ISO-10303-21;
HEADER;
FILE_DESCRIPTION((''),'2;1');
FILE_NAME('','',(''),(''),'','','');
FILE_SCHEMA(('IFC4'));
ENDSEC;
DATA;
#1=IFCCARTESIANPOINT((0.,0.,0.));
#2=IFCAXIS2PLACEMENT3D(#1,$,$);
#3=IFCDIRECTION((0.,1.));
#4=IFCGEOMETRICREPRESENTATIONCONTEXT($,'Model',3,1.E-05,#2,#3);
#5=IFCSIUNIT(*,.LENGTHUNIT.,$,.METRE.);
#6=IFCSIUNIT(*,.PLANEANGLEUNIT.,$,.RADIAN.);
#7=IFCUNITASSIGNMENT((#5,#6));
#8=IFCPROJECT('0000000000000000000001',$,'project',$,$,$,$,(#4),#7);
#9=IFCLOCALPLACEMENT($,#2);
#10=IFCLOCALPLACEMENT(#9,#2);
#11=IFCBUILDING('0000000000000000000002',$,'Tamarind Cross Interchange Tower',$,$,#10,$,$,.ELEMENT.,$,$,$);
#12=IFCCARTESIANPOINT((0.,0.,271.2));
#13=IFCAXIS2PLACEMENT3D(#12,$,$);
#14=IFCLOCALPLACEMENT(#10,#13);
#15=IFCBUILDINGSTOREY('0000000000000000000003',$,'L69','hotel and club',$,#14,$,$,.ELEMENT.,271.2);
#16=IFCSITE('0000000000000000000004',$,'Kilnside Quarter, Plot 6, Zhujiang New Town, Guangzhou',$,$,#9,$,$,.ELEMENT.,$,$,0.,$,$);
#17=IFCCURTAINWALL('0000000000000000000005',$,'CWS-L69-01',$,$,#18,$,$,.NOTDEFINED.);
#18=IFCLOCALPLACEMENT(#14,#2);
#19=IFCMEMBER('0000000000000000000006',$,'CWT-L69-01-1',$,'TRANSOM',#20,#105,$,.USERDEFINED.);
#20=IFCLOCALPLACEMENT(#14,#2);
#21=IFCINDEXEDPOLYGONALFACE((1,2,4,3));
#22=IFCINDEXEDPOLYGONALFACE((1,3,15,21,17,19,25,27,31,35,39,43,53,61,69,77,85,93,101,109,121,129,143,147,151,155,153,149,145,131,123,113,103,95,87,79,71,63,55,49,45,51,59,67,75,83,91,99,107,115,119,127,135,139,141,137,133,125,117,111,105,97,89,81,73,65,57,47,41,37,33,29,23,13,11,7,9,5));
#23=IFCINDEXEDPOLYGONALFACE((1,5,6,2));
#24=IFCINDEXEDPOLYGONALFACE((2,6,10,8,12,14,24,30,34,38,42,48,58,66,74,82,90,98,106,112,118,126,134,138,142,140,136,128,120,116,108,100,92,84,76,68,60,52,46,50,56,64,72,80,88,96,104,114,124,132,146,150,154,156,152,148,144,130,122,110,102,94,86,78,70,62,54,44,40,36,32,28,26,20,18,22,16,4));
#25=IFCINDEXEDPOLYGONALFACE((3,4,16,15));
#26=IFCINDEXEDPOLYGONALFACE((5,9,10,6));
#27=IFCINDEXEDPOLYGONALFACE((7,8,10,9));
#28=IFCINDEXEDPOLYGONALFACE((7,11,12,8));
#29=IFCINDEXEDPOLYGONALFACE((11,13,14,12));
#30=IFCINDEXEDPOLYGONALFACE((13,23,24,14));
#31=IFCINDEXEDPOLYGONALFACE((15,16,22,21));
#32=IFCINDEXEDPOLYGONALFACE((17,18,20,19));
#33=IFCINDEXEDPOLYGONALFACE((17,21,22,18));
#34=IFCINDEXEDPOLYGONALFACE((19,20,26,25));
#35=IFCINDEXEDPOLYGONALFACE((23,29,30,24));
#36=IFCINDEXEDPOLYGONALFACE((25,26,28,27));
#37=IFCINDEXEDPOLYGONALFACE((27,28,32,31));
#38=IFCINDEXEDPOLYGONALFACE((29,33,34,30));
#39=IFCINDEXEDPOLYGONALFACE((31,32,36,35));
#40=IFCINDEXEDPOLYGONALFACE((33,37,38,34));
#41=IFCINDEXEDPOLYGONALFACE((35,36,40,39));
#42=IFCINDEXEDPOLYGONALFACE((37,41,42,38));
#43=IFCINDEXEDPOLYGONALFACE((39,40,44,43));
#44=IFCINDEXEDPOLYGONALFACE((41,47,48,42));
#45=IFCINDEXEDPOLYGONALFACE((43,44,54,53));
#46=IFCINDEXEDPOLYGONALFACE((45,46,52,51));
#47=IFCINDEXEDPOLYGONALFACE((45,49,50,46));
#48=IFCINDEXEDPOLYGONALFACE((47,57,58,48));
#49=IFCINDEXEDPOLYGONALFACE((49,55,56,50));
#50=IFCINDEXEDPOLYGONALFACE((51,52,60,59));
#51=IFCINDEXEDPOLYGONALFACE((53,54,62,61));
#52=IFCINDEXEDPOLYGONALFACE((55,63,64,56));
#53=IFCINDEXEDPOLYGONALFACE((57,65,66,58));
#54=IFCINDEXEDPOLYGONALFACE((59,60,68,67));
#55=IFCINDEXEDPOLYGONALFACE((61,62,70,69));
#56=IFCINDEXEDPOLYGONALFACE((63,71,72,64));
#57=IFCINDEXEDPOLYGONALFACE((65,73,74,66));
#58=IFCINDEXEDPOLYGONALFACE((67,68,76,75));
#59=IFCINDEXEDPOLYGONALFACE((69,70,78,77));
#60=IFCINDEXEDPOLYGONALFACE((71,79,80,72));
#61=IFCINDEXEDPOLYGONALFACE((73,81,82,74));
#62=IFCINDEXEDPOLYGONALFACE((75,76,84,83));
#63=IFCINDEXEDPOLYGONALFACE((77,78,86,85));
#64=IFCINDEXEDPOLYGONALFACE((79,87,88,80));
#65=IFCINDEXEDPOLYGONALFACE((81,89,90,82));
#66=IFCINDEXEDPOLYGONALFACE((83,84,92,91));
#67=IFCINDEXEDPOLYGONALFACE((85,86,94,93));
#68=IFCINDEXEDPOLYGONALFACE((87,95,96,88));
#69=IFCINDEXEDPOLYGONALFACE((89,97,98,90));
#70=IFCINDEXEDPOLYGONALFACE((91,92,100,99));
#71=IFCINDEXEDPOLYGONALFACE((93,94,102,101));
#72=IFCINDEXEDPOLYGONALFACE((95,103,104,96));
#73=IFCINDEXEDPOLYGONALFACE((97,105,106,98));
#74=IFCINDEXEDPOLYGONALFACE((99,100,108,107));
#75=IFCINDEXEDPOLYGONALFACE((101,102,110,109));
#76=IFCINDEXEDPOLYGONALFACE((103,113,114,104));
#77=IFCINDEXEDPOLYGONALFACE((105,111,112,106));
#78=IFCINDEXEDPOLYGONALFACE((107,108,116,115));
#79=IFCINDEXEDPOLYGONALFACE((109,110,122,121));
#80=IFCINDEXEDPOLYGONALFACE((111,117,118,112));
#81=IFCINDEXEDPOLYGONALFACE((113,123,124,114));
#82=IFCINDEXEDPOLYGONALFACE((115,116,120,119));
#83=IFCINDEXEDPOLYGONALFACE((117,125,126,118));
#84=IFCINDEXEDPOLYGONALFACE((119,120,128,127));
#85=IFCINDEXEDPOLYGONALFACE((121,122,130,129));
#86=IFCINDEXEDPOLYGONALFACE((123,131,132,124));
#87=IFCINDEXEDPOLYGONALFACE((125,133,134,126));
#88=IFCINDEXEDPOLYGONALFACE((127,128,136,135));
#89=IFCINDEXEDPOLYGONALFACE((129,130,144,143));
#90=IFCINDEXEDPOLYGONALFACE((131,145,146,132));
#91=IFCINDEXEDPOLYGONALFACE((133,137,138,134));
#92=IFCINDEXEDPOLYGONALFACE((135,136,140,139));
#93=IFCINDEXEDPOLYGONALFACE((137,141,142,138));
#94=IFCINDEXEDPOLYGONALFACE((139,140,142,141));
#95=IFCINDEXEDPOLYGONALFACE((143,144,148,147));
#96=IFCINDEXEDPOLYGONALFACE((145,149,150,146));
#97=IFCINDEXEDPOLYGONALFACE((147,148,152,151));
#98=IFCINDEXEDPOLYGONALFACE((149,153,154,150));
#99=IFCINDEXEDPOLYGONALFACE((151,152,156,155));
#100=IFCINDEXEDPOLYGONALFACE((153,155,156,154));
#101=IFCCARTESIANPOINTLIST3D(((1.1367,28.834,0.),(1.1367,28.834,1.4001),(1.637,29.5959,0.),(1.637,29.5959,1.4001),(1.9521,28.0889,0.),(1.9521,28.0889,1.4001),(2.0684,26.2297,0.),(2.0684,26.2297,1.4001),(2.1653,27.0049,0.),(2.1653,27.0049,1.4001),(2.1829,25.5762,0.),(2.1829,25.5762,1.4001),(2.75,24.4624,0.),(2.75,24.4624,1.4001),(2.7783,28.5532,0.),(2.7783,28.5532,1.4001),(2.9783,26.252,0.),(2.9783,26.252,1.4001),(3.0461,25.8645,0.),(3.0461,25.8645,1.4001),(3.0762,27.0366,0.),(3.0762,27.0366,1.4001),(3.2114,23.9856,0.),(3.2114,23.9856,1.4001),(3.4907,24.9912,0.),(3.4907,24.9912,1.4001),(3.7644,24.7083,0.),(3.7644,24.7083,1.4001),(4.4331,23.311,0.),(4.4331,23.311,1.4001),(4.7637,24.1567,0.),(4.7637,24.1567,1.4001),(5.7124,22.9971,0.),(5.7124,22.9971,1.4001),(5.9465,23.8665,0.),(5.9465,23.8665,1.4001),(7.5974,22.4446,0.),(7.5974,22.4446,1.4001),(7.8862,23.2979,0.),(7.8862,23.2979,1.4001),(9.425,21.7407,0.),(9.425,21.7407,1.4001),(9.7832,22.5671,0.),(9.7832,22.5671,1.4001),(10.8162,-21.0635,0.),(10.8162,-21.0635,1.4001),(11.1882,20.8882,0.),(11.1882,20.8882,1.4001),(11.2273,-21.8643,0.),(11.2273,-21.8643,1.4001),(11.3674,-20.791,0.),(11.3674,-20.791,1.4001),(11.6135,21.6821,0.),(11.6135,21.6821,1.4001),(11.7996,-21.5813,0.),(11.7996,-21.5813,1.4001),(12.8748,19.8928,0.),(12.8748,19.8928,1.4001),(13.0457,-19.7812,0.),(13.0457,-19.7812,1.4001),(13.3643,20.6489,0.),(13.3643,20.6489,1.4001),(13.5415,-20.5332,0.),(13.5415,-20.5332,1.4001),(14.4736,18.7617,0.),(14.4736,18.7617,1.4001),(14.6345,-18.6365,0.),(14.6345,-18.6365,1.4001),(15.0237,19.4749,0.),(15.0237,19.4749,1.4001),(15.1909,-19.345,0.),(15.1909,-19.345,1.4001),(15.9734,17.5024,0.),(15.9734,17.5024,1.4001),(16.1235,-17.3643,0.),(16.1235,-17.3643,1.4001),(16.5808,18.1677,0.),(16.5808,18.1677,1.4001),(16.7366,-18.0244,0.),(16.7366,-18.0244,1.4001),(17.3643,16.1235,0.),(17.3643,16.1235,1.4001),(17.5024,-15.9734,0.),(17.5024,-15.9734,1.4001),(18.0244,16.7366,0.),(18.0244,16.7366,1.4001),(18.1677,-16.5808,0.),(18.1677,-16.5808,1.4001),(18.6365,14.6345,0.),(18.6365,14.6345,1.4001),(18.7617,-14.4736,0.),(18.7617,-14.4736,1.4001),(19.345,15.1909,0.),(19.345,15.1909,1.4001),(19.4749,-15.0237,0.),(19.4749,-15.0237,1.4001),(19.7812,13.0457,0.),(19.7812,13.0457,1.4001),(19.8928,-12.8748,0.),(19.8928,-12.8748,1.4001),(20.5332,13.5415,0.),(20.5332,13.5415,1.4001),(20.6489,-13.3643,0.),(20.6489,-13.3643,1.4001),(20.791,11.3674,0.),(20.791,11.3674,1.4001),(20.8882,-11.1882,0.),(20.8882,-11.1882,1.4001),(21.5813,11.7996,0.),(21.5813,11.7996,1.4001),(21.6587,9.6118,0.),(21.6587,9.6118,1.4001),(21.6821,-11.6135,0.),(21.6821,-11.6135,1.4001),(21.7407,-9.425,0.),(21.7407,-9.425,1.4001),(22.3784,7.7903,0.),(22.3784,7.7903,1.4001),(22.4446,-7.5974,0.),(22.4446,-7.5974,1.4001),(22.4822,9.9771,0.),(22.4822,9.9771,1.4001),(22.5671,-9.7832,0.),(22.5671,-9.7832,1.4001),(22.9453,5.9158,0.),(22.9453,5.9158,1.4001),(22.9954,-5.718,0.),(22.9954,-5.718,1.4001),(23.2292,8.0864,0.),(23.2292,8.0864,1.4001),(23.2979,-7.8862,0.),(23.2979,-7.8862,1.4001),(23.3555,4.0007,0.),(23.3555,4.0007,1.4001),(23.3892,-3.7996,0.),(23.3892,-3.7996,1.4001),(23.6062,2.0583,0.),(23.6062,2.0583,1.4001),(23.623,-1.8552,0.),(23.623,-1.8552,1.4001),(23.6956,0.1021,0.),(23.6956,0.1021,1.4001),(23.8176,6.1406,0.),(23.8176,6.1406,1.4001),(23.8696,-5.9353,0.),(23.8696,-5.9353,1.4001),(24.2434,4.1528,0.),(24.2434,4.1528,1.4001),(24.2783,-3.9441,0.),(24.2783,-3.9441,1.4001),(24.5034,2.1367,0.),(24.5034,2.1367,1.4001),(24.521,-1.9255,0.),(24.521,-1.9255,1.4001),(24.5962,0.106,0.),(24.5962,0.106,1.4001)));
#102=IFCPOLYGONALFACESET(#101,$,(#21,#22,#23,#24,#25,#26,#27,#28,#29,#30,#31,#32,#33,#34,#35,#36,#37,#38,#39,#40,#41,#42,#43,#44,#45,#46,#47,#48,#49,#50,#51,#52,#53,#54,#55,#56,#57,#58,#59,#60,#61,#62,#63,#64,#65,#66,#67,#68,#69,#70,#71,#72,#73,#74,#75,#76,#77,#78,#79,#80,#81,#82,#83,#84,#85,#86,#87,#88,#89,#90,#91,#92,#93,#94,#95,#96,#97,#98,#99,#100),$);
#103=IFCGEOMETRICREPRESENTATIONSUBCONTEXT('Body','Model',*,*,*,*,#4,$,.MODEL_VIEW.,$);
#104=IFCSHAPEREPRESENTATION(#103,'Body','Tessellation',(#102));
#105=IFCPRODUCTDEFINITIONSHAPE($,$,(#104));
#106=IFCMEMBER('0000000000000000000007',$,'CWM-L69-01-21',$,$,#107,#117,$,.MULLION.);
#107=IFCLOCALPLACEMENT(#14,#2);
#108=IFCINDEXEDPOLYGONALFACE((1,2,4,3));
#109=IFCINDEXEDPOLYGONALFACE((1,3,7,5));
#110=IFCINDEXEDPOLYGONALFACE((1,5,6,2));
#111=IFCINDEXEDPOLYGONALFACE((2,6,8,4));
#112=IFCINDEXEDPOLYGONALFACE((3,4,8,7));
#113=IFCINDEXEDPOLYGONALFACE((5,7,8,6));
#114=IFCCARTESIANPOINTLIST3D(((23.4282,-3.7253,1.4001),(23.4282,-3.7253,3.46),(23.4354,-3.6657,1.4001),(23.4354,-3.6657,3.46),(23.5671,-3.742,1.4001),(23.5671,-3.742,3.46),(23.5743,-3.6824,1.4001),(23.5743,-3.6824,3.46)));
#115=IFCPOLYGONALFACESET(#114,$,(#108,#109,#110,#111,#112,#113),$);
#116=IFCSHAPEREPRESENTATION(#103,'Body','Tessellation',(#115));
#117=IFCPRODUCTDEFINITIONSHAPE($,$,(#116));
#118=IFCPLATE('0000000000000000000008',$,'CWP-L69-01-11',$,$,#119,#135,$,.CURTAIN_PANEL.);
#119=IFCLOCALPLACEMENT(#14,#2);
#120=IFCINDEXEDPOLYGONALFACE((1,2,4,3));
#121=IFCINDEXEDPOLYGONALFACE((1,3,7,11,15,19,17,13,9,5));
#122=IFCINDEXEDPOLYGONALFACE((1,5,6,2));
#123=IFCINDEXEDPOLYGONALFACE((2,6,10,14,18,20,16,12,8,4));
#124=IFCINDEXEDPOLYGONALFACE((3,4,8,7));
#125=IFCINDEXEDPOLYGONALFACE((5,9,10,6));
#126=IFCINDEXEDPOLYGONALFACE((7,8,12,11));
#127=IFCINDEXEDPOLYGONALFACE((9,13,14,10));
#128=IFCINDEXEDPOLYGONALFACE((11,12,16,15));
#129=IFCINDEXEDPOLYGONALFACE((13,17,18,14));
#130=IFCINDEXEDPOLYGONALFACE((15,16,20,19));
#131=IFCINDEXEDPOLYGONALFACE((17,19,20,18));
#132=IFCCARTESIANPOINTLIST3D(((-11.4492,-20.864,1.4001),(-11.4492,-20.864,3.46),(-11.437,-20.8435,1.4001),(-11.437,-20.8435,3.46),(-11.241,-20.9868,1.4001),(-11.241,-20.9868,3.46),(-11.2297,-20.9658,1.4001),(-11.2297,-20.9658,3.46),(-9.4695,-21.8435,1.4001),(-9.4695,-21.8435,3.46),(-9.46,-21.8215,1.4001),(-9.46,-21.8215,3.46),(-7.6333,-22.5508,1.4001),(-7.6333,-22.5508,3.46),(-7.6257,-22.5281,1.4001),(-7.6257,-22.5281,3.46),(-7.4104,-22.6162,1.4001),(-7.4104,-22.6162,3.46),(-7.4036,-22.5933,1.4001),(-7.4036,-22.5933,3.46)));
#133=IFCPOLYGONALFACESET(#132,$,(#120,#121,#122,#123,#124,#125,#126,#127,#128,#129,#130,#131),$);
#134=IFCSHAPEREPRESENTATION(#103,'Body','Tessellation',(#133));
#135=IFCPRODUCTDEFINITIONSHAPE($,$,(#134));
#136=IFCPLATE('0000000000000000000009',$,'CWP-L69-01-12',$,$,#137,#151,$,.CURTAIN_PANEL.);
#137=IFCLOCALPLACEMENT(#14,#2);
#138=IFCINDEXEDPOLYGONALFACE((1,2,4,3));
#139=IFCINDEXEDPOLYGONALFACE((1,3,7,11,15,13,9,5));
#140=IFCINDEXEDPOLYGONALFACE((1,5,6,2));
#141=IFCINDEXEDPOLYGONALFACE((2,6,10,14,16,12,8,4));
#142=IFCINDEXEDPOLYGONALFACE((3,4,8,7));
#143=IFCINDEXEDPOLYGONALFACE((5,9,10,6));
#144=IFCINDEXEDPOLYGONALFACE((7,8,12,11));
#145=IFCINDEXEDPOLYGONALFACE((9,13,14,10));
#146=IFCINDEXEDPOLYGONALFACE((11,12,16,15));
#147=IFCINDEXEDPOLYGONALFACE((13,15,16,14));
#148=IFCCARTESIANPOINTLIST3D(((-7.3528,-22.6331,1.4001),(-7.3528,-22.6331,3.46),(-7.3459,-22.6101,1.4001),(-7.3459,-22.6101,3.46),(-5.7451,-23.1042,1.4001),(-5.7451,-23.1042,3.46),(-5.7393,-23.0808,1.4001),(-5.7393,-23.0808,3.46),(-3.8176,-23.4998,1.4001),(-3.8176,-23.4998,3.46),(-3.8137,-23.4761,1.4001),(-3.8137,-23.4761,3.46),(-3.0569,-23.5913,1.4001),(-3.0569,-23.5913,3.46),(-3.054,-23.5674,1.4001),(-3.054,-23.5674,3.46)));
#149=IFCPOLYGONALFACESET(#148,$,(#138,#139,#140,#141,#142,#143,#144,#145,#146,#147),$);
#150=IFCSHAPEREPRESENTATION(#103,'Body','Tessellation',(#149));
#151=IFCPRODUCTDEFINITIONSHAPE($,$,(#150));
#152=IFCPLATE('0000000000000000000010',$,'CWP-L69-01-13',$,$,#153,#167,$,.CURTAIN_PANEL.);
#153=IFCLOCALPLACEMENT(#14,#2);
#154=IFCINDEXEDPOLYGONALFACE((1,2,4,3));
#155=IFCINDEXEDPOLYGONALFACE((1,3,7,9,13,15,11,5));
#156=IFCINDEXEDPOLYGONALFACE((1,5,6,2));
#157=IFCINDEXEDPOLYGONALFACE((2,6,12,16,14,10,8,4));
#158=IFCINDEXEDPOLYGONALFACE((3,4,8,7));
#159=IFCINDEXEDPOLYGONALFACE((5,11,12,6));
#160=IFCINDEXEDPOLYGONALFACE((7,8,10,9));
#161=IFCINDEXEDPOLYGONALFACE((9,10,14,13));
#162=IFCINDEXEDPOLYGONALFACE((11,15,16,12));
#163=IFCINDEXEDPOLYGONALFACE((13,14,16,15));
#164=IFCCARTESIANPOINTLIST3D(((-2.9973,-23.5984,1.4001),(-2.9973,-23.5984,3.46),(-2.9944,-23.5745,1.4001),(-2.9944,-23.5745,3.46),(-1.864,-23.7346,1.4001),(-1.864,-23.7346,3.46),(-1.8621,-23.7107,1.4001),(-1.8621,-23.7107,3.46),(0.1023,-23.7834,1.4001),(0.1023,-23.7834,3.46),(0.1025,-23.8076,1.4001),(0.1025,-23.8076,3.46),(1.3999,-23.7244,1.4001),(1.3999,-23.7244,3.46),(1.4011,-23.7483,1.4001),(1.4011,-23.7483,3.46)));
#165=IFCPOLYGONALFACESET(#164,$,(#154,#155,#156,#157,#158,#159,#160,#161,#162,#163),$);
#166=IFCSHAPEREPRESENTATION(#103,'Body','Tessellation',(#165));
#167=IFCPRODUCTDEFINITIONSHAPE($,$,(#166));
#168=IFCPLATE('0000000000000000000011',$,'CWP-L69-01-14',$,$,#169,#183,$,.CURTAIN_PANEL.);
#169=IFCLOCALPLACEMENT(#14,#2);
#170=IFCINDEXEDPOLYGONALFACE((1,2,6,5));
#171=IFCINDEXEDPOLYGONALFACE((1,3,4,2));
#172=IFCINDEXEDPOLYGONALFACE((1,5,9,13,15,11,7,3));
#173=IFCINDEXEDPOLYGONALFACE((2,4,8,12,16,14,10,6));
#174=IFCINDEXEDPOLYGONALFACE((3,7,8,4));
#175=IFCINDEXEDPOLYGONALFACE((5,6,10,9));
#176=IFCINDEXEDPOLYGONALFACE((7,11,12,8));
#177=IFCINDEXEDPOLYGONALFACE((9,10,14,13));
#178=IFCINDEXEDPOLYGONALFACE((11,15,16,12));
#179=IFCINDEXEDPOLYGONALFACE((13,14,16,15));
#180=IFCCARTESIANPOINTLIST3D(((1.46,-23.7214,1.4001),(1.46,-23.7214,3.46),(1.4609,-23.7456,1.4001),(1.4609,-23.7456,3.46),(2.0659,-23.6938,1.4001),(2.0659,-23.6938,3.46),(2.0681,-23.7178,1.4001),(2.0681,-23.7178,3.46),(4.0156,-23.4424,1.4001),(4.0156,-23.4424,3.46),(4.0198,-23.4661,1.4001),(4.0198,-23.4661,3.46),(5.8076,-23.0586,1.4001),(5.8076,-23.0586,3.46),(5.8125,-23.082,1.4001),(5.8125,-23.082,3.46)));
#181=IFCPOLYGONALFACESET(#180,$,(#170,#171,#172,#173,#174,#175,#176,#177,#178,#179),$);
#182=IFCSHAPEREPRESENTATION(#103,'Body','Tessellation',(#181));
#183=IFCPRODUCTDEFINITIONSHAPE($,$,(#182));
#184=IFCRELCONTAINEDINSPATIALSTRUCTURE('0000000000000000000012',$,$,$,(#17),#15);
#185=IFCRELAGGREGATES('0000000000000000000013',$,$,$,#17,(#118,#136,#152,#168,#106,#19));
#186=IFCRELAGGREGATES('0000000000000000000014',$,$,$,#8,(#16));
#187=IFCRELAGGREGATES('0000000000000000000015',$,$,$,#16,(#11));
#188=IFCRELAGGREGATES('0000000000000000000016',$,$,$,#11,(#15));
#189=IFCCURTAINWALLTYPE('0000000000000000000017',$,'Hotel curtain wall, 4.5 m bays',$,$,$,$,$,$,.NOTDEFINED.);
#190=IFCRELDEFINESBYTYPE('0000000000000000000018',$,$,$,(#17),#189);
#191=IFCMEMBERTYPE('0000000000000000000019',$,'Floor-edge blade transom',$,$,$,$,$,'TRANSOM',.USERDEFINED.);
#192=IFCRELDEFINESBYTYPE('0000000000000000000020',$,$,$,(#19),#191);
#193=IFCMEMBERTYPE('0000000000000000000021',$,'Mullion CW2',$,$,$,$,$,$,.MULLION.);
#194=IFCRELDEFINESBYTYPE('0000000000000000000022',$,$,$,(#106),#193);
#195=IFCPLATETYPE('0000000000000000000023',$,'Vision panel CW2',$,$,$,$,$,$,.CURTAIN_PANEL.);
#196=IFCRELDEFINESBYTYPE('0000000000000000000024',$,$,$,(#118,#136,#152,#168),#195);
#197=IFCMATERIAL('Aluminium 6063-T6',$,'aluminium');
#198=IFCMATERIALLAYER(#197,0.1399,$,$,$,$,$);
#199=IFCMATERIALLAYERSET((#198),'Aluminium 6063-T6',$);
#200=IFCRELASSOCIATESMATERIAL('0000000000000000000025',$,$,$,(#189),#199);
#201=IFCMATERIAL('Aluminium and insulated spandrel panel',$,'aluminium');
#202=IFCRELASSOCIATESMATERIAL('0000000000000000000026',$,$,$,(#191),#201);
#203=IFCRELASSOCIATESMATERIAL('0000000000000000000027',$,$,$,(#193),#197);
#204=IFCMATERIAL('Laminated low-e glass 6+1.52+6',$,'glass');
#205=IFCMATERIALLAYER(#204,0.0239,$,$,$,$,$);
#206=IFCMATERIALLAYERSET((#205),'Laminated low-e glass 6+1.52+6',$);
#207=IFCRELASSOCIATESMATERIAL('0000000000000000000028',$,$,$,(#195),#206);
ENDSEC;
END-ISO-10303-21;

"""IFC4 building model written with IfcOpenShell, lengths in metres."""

from ifc_helpers import new_model, si_unit, direction, frame, origin, origin_2d, place, context, subcontext, project, spatial, polyline, rectangle, outline, extrude, material, layer, layer_set, material_profile, profile_set, type_object, element, aggregate, save


model = new_model("IFC4")

# Units and contexts
model_context = context("Model", 3, precision=1e-05, world=origin(), true_north=direction((0.0, 1.0)))
body_context = subcontext(model_context, "Body", "Model", "MODEL_VIEW")
ifc_project = project(units=[si_unit("LENGTHUNIT", "METRE"), si_unit("PLANEANGLEUNIT", "RADIAN")], contexts=[model_context])

# Site, building, storey
site_placement = place(None, origin())
site = spatial("IfcSite", under=ifc_project, at=site_placement, Name="Kilnside Quarter, Plot 6, Zhujiang New Town, Guangzhou", CompositionType="ELEMENT", RefElevation=0.0)
building_placement = place(site_placement, origin())
building = spatial("IfcBuilding", under=site, at=building_placement, Name="Tamarind Cross Interchange Tower", CompositionType="ELEMENT")
storey_placement = place(building_placement, frame((0.0, 0.0, 271.2)))
storey = spatial("IfcBuildingStorey", under=building, at=storey_placement, Name="L69", Description="hotel and club", CompositionType="ELEMENT", Elevation=271.2)

# Curtain wall, members, plates
ifc_material_1 = material(Name="Aluminium 6063-T6", Category="aluminium")
ifc_layer_1 = layer(ifc_material_1, 0.1399)
ifc_layer_set_1 = layer_set([ifc_layer_1], Name="Aluminium 6063-T6")
curtain_wall_type = type_object("IfcCurtainWallType", Name="Hotel curtain wall, 4.5 m bays", PredefinedType="NOTDEFINED", material=ifc_layer_set_1)
curtain_wall_placement = place(storey_placement, origin())
curtain_wall = element("IfcCurtainWall", 1, at=curtain_wall_placement, inside=storey, type_object=curtain_wall_type, Name="CWS-L69-01", PredefinedType="NOTDEFINED")
ifc_material_2 = material(Name="Aluminium and insulated spandrel panel", Category="aluminium")
member_type_1 = type_object("IfcMemberType", Name="Floor-edge blade transom", ElementType="TRANSOM", PredefinedType="USERDEFINED", material=ifc_material_2)
member_1_placement = place(storey_placement, origin())
member_1 = element("IfcMember", 2, at=member_1_placement, type_object=member_type_1, Name="CWT-L69-01-1", ObjectType="TRANSOM", PredefinedType="USERDEFINED", context=body_context, shape_type="SweptSolid", body=[
    extrude(outline(polyline([(10.8162, -21.0635), (11.3674, -20.791), (13.0457, -19.7812), (14.6345, -18.6365), (16.1235, -17.3643), (17.5024, -15.9734), (18.7617, -14.4736), (19.8928, -12.8748), (20.8882, -11.1882), (21.7407, -9.425), (22.4446, -7.5974), (22.9954, -5.718), (23.3892, -3.7996), (23.623, -1.8552), (23.6956, 0.1021), (23.6062, 2.0583), (23.3555, 4.0007), (22.9453, 5.9158), (22.3784, 7.7903), (21.6587, 9.6118), (20.791, 11.3674), (19.7812, 13.0457), (18.6365, 14.6345), (17.3643, 16.1235), (15.9734, 17.5024), (14.4736, 18.7617), (12.8748, 19.8928), (11.1882, 20.8882), (9.425, 21.7407), (7.5974, 22.4446), (5.7124, 22.9971), (4.4331, 23.311), (3.2114, 23.9856), (2.75, 24.4624), (2.1829, 25.5762), (2.0684, 26.2297), (2.1653, 27.0049), (1.9521, 28.0889), (1.1367, 28.834), (1.637, 29.5959), (2.7783, 28.5532), (3.0762, 27.0366), (2.9783, 26.252), (3.0461, 25.8645), (3.4907, 24.9912), (3.7644, 24.7083), (4.7637, 24.1567), (5.9465, 23.8665), (7.8862, 23.2979), (9.7832, 22.5671), (11.6135, 21.6821), (13.3643, 20.6489), (15.0237, 19.4749), (16.5808, 18.1677), (18.0244, 16.7366), (19.345, 15.1909), (20.5332, 13.5415), (21.5813, 11.7996), (22.4822, 9.9771), (23.2292, 8.0864), (23.8176, 6.1406), (24.2434, 4.1528), (24.5034, 2.1367), (24.5962, 0.106), (24.521, -1.9255), (24.2783, -3.9441), (23.8696, -5.9353), (23.2979, -7.8862), (22.5671, -9.7832), (21.6821, -11.6135), (20.6489, -13.3643), (19.4749, -15.0237), (18.1677, -16.5808), (16.7366, -18.0244), (15.1909, -19.345), (13.5415, -20.5332), (11.7996, -21.5813), (11.2273, -21.8643), (10.8162, -21.0635)])), origin(), (0.0, 0.0, 1.0), 1.4001),
])
ifc_material_profile_1 = material_profile(ifc_material_1, rectangle(XDim=0.0601, YDim=0.1399, at=origin_2d()), Name="Mullion CW2")
ifc_profile_set_1 = profile_set([ifc_material_profile_1], Name="Aluminium 6063-T6")
member_type_2 = type_object("IfcMemberType", Name="Mullion CW2", PredefinedType="MULLION", material=ifc_profile_set_1)
member_2_placement = place(storey_placement, frame((23.5012, -3.7039, 1.4001), z_axis=(0.0, 0.0, 1.0), x_axis=(0.119421, 0.992844, 0.0)))
member_2 = element("IfcMember", 3, at=member_2_placement, type_object=member_type_2, Name="CWM-L69-01-21", PredefinedType="MULLION", context=body_context, shape_type="SweptSolid", body=[
    extrude(rectangle(XDim=0.0601, YDim=0.1399, at=origin_2d()), origin(), (0.0, 0.0, 1.0), 2.0598),
])
ifc_material_3 = material(Name="Laminated low-e glass 6+1.52+6", Category="glass")
ifc_layer_2 = layer(ifc_material_3, 0.0239)
ifc_layer_set_2 = layer_set([ifc_layer_2], Name="Laminated low-e glass 6+1.52+6")
plate_type = type_object("IfcPlateType", Name="Vision panel CW2", PredefinedType="CURTAIN_PANEL", material=ifc_layer_set_2)
plate_1_placement = place(storey_placement, frame((0.0, 0.0, 1.4001)))
plate_1 = element("IfcPlate", 4, at=plate_1_placement, type_object=plate_type, Name="CWP-L69-01-11", PredefinedType="CURTAIN_PANEL", context=body_context, shape_type="SweptSolid", body=[
    extrude(outline(polyline([(-11.437, -20.8435), (-11.2297, -20.9658), (-9.46, -21.8215), (-7.6257, -22.5281), (-7.4036, -22.5933), (-7.4104, -22.6162), (-7.6333, -22.5508), (-9.4695, -21.8435), (-11.241, -20.9868), (-11.4492, -20.864), (-11.437, -20.8435)])), origin(), (0.0, 0.0, 1.0), 2.0598),
])
plate_2_placement = place(storey_placement, frame((0.0, 0.0, 1.4001)))
plate_2 = element("IfcPlate", 5, at=plate_2_placement, type_object=plate_type, Name="CWP-L69-01-12", PredefinedType="CURTAIN_PANEL", context=body_context, shape_type="SweptSolid", body=[
    extrude(outline(polyline([(-7.3459, -22.6101), (-5.7393, -23.0808), (-3.8137, -23.4761), (-3.054, -23.5674), (-3.0569, -23.5913), (-3.8176, -23.4998), (-5.7451, -23.1042), (-7.3528, -22.6331), (-7.3459, -22.6101)])), origin(), (0.0, 0.0, 1.0), 2.0598),
])
plate_3_placement = place(storey_placement, frame((0.0, 0.0, 1.4001)))
plate_3 = element("IfcPlate", 6, at=plate_3_placement, type_object=plate_type, Name="CWP-L69-01-13", PredefinedType="CURTAIN_PANEL", context=body_context, shape_type="SweptSolid", body=[
    extrude(outline(polyline([(-2.9944, -23.5745), (-1.8621, -23.7107), (0.1023, -23.7834), (1.3999, -23.7244), (1.4011, -23.7483), (0.1025, -23.8076), (-1.864, -23.7346), (-2.9973, -23.5984), (-2.9944, -23.5745)])), origin(), (0.0, 0.0, 1.0), 2.0598),
])
plate_4_placement = place(storey_placement, frame((0.0, 0.0, 1.4001)))
plate_4 = element("IfcPlate", 7, at=plate_4_placement, type_object=plate_type, Name="CWP-L69-01-14", PredefinedType="CURTAIN_PANEL", context=body_context, shape_type="SweptSolid", body=[
    extrude(outline(polyline([(1.46, -23.7214), (2.0659, -23.6938), (4.0156, -23.4424), (5.8076, -23.0586), (5.8125, -23.082), (4.0198, -23.4661), (2.0681, -23.7178), (1.4609, -23.7456), (1.46, -23.7214)])), origin(), (0.0, 0.0, 1.0), 2.0598),
])
aggregate(curtain_wall, [plate_1, plate_2, plate_3, plate_4, member_2, member_1])

save(model, "model.ifc")
